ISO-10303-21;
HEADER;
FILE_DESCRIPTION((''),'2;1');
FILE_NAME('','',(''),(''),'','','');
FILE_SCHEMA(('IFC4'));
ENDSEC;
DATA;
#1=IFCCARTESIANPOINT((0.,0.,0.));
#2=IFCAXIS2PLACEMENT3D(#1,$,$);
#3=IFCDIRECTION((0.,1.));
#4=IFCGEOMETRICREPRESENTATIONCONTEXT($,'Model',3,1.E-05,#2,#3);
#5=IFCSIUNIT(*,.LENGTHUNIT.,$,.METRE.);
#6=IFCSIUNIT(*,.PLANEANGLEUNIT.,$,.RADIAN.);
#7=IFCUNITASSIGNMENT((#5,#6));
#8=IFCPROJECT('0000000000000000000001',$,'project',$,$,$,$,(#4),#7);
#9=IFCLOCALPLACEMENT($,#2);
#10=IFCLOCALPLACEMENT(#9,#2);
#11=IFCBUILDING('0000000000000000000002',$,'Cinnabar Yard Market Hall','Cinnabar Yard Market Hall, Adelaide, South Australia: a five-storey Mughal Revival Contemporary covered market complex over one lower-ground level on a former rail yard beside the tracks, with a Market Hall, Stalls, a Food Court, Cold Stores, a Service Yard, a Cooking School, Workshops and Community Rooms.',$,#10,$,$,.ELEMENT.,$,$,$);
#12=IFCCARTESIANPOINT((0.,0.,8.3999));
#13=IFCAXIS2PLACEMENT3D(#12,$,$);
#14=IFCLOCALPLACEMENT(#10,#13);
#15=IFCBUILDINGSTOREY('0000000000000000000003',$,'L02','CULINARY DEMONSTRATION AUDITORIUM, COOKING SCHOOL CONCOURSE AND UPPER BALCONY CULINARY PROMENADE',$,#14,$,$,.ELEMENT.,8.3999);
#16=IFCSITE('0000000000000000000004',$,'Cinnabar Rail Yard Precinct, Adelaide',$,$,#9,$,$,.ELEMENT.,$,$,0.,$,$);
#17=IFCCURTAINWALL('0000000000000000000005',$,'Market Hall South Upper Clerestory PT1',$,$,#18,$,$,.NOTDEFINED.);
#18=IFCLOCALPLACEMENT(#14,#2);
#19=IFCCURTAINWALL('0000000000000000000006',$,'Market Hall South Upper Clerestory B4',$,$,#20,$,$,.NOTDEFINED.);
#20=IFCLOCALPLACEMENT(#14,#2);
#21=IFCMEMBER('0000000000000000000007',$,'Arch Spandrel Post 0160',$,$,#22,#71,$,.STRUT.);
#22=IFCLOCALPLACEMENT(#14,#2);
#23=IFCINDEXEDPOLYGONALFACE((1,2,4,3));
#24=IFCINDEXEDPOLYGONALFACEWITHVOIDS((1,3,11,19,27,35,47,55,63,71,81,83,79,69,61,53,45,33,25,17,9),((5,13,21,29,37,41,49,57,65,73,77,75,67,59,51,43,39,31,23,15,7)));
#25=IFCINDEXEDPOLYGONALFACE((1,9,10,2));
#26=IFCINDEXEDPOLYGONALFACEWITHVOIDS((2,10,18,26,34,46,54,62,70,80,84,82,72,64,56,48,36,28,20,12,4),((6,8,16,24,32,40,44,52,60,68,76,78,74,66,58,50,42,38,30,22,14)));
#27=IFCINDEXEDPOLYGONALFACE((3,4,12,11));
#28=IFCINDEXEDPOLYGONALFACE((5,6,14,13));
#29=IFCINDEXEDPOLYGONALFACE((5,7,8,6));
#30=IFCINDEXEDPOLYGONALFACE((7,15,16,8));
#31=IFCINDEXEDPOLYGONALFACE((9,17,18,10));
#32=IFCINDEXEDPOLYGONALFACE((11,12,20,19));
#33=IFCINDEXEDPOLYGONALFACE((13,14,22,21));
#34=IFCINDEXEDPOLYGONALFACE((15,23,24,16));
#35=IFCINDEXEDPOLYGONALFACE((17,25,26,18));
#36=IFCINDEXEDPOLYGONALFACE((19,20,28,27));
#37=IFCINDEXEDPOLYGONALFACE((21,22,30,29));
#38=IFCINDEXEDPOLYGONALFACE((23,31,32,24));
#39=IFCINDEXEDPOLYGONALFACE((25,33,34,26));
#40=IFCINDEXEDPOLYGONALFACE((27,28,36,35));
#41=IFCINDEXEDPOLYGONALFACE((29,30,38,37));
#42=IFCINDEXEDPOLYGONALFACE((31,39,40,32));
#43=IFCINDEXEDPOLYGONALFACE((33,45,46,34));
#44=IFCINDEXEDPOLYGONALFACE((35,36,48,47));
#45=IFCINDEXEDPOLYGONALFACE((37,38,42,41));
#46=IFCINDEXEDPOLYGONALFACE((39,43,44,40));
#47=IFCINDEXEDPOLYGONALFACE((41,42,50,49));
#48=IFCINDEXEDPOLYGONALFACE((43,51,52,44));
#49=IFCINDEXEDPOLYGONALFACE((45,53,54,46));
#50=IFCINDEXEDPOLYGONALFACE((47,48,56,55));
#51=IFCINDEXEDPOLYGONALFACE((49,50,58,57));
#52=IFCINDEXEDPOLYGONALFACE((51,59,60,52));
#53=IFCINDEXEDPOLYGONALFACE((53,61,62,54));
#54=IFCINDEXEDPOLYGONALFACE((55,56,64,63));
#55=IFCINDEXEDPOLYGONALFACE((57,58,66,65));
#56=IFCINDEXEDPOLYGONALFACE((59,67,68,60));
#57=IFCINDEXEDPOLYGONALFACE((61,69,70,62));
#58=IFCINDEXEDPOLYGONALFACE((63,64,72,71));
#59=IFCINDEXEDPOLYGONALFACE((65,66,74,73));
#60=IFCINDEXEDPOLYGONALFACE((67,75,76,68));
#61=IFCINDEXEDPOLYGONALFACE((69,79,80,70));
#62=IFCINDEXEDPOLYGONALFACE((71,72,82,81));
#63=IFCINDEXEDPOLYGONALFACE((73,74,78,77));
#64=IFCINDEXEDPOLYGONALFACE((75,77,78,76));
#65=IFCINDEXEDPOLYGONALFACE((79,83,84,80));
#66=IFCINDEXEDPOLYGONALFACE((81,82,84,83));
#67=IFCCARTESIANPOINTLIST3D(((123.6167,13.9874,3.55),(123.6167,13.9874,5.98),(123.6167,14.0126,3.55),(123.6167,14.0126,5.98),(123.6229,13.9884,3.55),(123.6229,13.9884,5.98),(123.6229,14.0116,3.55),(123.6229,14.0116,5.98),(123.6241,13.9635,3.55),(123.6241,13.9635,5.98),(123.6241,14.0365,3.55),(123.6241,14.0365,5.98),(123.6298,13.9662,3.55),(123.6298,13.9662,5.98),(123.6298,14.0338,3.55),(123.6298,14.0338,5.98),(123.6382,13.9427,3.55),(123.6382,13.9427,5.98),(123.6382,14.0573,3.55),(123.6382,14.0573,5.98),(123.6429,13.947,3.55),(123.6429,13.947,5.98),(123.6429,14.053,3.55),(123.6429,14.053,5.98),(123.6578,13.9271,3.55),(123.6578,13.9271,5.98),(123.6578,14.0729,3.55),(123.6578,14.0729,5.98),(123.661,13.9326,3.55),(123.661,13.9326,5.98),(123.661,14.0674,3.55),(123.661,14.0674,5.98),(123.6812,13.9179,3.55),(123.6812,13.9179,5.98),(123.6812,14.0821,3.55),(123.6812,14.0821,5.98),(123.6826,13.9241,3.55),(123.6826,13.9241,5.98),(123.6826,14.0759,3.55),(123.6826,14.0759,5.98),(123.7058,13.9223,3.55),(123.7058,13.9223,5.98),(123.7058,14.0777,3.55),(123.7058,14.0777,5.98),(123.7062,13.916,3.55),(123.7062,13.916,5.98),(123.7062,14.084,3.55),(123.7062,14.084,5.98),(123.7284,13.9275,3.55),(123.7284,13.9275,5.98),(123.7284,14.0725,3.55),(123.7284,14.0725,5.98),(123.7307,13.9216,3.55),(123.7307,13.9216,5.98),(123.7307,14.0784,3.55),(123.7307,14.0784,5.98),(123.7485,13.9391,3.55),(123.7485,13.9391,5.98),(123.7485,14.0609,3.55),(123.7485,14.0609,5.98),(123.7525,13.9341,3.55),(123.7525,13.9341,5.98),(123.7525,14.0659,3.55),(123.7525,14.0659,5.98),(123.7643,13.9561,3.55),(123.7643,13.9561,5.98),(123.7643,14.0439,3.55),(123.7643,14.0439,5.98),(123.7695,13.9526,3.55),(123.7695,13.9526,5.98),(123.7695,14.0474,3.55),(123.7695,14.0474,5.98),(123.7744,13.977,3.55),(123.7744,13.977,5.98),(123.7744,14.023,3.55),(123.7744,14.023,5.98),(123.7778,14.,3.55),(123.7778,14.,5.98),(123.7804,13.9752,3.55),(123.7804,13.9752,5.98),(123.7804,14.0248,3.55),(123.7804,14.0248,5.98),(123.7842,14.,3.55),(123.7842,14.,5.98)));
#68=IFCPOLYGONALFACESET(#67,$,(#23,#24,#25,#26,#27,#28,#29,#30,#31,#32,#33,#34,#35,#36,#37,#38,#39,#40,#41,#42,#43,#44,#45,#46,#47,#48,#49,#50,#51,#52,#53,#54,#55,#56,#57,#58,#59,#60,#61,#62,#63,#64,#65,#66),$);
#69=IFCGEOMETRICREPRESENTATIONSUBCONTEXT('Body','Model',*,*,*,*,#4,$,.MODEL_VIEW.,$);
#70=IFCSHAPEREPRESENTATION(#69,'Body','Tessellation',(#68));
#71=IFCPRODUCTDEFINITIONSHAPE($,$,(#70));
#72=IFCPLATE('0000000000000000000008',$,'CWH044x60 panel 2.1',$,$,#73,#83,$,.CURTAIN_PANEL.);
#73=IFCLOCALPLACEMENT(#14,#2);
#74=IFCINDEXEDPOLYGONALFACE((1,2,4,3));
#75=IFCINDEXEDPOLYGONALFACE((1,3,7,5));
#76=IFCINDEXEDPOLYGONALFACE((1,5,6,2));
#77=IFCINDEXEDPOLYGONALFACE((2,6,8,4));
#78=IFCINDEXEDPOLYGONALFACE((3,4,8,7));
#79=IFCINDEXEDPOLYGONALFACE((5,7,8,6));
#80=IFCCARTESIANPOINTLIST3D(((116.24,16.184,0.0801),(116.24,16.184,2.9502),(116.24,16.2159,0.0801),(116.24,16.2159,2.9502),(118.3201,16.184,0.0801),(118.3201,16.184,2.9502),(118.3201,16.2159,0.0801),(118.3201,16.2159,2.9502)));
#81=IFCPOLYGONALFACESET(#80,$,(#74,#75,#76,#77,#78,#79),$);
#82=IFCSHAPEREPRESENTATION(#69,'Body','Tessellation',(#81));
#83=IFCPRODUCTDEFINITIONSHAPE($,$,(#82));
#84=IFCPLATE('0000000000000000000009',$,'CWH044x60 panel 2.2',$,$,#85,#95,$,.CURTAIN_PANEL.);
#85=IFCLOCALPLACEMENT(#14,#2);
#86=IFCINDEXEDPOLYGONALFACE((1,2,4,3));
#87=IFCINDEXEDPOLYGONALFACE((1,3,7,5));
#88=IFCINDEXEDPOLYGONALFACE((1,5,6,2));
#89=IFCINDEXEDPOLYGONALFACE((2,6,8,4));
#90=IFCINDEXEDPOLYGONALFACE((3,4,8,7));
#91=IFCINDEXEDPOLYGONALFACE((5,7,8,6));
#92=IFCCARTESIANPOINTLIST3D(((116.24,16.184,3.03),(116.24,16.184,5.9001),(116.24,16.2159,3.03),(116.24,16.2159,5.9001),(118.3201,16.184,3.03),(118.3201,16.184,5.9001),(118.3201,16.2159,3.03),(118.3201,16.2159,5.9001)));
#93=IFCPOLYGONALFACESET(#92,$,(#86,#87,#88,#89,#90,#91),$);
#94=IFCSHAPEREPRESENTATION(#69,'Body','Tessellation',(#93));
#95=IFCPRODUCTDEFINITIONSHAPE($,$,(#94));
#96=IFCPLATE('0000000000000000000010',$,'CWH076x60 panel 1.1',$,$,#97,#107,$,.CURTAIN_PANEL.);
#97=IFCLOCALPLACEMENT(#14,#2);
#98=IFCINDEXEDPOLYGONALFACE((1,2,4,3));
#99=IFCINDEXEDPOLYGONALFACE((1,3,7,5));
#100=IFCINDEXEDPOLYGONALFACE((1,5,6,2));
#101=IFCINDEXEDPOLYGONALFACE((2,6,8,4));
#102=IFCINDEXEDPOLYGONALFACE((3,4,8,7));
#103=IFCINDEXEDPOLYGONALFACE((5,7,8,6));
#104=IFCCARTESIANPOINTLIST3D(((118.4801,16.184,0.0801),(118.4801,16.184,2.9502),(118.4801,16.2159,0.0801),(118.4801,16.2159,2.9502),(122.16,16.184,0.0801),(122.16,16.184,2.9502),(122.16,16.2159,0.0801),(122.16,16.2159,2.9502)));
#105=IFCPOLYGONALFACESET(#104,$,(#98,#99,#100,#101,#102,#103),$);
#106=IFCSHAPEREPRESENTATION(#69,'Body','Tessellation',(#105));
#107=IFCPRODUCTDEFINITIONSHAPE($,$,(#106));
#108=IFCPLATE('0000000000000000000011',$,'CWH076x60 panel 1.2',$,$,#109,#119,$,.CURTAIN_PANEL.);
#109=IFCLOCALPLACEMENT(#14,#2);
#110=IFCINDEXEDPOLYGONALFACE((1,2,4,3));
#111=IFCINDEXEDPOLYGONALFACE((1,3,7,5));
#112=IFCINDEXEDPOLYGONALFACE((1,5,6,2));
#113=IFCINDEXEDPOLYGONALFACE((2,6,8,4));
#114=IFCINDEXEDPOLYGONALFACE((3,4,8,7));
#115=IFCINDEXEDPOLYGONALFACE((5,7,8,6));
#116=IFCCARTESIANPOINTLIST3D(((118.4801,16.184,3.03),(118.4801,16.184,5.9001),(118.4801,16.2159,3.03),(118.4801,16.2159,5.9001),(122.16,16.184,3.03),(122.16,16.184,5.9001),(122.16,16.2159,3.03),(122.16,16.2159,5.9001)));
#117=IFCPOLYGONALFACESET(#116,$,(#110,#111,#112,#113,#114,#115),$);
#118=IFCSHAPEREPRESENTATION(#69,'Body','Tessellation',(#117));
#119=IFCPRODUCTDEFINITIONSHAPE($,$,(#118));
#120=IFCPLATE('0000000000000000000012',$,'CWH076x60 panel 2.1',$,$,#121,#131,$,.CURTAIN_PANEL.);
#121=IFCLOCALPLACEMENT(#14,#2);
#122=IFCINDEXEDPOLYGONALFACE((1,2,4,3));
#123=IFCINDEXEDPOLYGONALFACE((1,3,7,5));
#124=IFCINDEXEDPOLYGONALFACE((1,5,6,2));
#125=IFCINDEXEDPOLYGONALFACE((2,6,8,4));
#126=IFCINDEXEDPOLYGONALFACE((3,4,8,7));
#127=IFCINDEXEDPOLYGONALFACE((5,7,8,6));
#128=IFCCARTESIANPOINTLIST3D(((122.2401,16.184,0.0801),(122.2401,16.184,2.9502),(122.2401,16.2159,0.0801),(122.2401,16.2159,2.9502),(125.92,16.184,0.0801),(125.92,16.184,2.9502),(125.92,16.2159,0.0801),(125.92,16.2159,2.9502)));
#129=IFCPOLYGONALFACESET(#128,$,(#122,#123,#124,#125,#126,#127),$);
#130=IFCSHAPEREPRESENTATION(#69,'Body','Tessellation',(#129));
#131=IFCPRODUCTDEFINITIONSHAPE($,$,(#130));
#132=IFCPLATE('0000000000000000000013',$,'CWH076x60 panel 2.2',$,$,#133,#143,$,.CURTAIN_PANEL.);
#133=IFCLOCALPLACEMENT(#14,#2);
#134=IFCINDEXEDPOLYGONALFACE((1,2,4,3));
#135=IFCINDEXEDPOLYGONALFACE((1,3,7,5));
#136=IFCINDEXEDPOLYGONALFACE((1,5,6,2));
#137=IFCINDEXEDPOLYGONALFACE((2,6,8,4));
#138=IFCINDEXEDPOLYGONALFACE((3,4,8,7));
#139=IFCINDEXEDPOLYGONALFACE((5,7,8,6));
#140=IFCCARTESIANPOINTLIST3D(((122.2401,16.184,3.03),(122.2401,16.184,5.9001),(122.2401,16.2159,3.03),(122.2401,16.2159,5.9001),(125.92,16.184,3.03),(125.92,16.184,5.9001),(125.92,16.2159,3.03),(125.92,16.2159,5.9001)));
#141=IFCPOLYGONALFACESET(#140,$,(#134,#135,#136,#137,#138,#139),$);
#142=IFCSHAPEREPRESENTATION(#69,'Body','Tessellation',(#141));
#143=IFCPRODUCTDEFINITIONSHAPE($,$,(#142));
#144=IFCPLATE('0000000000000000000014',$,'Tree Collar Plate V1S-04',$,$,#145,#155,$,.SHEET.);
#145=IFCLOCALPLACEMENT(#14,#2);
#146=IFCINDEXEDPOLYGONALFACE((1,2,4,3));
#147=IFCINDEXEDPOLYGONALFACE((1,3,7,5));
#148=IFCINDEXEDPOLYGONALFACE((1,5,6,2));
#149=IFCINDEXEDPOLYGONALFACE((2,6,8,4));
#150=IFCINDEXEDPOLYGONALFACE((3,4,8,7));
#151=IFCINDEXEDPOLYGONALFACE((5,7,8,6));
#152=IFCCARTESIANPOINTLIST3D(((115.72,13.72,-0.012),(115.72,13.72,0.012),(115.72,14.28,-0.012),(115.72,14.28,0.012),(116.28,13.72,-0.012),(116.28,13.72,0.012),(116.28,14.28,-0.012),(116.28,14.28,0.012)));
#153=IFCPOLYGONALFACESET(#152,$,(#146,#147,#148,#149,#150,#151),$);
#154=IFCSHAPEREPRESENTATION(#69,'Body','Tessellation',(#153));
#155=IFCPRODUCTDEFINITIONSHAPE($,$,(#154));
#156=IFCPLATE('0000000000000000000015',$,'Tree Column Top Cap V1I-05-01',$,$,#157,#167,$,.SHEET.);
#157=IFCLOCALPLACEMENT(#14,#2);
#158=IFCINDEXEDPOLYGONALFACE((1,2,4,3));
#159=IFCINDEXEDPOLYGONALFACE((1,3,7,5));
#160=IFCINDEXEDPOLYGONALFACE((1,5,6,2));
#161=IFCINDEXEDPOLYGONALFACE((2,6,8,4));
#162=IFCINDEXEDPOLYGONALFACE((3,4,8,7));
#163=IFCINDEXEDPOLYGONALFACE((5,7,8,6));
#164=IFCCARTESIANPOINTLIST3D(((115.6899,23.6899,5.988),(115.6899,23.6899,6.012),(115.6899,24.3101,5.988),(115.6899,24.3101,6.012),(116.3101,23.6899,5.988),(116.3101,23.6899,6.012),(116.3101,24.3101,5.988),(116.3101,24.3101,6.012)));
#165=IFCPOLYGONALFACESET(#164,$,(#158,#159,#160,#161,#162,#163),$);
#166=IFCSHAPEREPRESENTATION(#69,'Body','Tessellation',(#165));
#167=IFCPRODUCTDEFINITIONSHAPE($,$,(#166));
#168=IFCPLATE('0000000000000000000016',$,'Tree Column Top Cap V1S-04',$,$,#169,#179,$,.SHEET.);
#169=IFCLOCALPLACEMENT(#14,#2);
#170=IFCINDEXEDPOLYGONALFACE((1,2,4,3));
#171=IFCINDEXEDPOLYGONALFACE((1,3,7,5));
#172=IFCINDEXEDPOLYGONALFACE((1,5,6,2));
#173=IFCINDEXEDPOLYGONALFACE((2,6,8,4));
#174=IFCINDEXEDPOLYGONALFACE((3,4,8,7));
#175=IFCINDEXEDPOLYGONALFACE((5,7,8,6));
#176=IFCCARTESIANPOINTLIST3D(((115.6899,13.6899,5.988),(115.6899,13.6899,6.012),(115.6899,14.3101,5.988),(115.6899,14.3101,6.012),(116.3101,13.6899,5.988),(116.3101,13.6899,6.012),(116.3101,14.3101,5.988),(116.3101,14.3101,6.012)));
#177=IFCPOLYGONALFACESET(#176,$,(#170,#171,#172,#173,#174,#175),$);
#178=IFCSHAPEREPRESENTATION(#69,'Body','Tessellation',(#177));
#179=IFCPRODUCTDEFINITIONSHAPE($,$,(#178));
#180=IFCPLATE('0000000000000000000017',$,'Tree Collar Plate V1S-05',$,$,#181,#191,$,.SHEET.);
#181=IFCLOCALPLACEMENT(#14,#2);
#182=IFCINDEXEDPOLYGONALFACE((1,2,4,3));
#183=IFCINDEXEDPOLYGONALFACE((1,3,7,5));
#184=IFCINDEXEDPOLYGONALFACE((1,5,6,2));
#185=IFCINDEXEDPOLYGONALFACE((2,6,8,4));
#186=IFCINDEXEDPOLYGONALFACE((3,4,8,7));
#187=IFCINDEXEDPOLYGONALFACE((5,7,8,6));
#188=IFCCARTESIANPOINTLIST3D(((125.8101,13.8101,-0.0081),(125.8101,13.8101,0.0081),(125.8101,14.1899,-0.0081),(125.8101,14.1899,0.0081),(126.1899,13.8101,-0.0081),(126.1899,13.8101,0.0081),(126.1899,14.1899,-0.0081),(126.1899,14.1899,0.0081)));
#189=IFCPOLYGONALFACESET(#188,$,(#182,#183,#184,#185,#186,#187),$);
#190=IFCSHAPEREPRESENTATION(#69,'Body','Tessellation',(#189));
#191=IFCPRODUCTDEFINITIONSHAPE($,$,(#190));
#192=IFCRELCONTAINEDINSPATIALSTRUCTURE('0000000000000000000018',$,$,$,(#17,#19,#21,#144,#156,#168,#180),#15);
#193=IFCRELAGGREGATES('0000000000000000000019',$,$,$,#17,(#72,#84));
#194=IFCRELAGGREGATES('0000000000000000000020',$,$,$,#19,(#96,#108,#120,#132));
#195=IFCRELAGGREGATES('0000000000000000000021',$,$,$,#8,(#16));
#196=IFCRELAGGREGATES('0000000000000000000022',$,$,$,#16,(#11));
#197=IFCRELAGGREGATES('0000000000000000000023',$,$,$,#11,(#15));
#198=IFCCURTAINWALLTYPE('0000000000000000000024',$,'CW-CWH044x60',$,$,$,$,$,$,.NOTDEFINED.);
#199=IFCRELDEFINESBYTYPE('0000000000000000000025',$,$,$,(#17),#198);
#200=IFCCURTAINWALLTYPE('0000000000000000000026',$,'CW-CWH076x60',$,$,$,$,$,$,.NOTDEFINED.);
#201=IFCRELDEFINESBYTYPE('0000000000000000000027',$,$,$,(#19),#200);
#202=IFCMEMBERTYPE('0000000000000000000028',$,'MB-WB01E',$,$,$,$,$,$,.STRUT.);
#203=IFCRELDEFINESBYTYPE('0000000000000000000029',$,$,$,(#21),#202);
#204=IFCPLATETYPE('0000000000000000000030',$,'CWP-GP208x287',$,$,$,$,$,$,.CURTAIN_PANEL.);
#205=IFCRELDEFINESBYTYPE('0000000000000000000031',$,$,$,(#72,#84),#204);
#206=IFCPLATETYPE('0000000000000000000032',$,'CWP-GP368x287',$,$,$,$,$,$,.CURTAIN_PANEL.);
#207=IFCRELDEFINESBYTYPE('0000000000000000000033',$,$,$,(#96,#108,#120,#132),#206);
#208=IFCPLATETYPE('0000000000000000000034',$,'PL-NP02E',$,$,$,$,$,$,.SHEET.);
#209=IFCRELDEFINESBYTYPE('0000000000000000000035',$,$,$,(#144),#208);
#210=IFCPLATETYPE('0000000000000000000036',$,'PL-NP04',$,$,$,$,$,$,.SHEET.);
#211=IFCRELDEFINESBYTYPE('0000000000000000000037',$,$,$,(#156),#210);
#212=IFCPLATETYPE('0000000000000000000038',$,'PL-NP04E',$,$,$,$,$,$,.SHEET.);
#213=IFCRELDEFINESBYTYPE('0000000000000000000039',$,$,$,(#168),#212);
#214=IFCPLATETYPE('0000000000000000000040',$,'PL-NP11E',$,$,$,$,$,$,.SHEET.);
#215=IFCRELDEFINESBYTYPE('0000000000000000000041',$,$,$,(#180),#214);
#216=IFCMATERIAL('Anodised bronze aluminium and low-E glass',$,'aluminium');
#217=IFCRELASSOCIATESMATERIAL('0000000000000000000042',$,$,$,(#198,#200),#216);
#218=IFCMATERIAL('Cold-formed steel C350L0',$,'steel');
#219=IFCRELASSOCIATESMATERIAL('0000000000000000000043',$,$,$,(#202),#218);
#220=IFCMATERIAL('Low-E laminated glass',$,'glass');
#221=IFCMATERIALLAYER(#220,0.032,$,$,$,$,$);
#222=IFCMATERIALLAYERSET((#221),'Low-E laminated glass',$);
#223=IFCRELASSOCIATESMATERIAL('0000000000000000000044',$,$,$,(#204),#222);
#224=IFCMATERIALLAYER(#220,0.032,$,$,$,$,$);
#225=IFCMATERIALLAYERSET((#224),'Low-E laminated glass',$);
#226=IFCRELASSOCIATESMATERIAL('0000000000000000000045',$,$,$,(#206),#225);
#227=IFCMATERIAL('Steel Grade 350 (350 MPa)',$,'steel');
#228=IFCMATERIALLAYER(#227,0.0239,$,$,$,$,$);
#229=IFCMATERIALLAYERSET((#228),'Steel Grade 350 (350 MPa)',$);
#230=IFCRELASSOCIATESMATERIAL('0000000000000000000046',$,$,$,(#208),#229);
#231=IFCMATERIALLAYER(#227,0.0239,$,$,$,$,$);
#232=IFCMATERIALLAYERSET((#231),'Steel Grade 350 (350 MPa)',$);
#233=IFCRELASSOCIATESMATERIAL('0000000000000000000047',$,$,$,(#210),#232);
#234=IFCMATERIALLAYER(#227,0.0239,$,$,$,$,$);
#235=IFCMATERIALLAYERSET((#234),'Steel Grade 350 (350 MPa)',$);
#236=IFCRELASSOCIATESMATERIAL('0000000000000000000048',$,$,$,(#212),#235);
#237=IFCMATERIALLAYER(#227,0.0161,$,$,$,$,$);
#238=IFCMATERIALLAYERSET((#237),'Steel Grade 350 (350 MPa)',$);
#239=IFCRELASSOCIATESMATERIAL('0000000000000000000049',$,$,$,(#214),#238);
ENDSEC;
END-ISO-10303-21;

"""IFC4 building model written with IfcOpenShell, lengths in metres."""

from ifc_helpers import new_model, si_unit, direction, frame, origin, origin_2d_with_axis, place, context, subcontext, project, spatial, rectangle, hollow_circle, extrude, material, layer, layer_set, material_profile, profile_set, type_object, element, aggregate, save


model = new_model("IFC4")

# Units and contexts
model_context = context("Model", 3, precision=1e-05, world=origin(), true_north=direction((0.0, 1.0)))
body_context = subcontext(model_context, "Body", "Model", "MODEL_VIEW")
ifc_project = project(units=[si_unit("LENGTHUNIT", "METRE"), si_unit("PLANEANGLEUNIT", "RADIAN")], contexts=[model_context])

# Site, building, storey
site_placement = place(None, origin())
site = spatial("IfcSite", under=ifc_project, at=site_placement, Name="Cinnabar Rail Yard Precinct, Adelaide", CompositionType="ELEMENT", RefElevation=0.0)
building_placement = place(site_placement, origin())
building = spatial("IfcBuilding", under=site, at=building_placement, Name="Cinnabar Yard Market Hall", Description="Cinnabar Yard Market Hall, Adelaide, South Australia: a five-storey Mughal Revival Contemporary covered market complex over one lower-ground level on a former rail yard beside the tracks, with a Market Hall, Stalls, a Food Court, Cold Stores, a Service Yard, a Cooking School, Workshops and Community Rooms.", CompositionType="ELEMENT")
storey_placement = place(building_placement, frame((0.0, 0.0, 8.3999)))
storey = spatial("IfcBuildingStorey", under=building, at=storey_placement, Name="L02", Description="CULINARY DEMONSTRATION AUDITORIUM, COOKING SCHOOL CONCOURSE AND UPPER BALCONY CULINARY PROMENADE", CompositionType="ELEMENT", Elevation=8.3999)

# Curtain walls
ifc_material_1 = material(Name="Anodised bronze aluminium and low-E glass", Category="aluminium")
curtain_wall_type_1 = type_object("IfcCurtainWallType", Name="CW-CWH044x60", PredefinedType="NOTDEFINED", material=ifc_material_1)
curtain_wall_1_placement = place(storey_placement, origin())
curtain_wall_1 = element("IfcCurtainWall", 1, at=curtain_wall_1_placement, inside=storey, type_object=curtain_wall_type_1, Name="Market Hall South Upper Clerestory PT1", PredefinedType="NOTDEFINED")
curtain_wall_type_2 = type_object("IfcCurtainWallType", Name="CW-CWH076x60", PredefinedType="NOTDEFINED", material=ifc_material_1)
curtain_wall_2_placement = place(storey_placement, origin())
curtain_wall_2 = element("IfcCurtainWall", 2, at=curtain_wall_2_placement, inside=storey, type_object=curtain_wall_type_2, Name="Market Hall South Upper Clerestory B4", PredefinedType="NOTDEFINED")

# Member
ifc_material_2 = material(Name="Cold-formed steel C350L0", Category="steel")
ifc_material_profile_1 = material_profile(ifc_material_2, hollow_circle(Radius=0.0842, WallThickness=0.0063, at=origin_2d_with_axis()), Name="168.3x6.4CHS")
ifc_profile_set_1 = profile_set([ifc_material_profile_1], Name="Cold-formed steel C350L0")
member_type_1 = type_object("IfcMemberType", Name="MB-WB01E", PredefinedType="STRUT", material=ifc_profile_set_1)
for number, where, z_axis, x_axis, name in (
    (3, (123.7, 14.0, 3.55), (0.0, 0.0, 1.0), (1.0, 0.0, 0.0), "Arch Spandrel Post 0160"),
):
    element("IfcMember", number, at=place(storey_placement, frame(where, z_axis=z_axis, x_axis=x_axis)), inside=storey, type_object=member_type_1, Name=name, PredefinedType="STRUT", context=body_context, shape_type="SweptSolid", body=[
        extrude(hollow_circle(Radius=0.0842, WallThickness=0.0063, at=origin_2d_with_axis()), origin(), (0.0, 0.0, 1.0), 2.4299),
    ])

# Plates
ifc_material_3 = material(Name="Low-E laminated glass", Category="glass")
ifc_layer_1 = layer(ifc_material_3, 0.032)
ifc_layer_set_1 = layer_set([ifc_layer_1], Name="Low-E laminated glass")
plate_type_1 = type_object("IfcPlateType", Name="CWP-GP208x287", PredefinedType="CURTAIN_PANEL", material=ifc_layer_set_1)
plate_1_placement = place(storey_placement, frame((117.28, 16.2, 0.0801), z_axis=(0.0, 0.0, 1.0), x_axis=(1.0, 0.0, 0.0)))
plate_1 = element("IfcPlate", 4, at=plate_1_placement, type_object=plate_type_1, Name="CWH044x60 panel 2.1", PredefinedType="CURTAIN_PANEL", context=body_context, shape_type="SweptSolid", body=[
    extrude(rectangle(XDim=2.0801, YDim=0.032, at=origin_2d_with_axis()), origin(), (0.0, 0.0, 1.0), 2.8701),
])
plate_2_placement = place(storey_placement, frame((117.28, 16.2, 3.03), z_axis=(0.0, 0.0, 1.0), x_axis=(1.0, 0.0, 0.0)))
plate_2 = element("IfcPlate", 5, at=plate_2_placement, type_object=plate_type_1, Name="CWH044x60 panel 2.2", PredefinedType="CURTAIN_PANEL", context=body_context, shape_type="SweptSolid", body=[
    extrude(rectangle(XDim=2.0801, YDim=0.032, at=origin_2d_with_axis()), origin(), (0.0, 0.0, 1.0), 2.8701),
])
aggregate(curtain_wall_1, [plate_1, plate_2])
ifc_layer_2 = layer(ifc_material_3, 0.032)
ifc_layer_set_2 = layer_set([ifc_layer_2], Name="Low-E laminated glass")
plate_type_2 = type_object("IfcPlateType", Name="CWP-GP368x287", PredefinedType="CURTAIN_PANEL", material=ifc_layer_set_2)
plate_3_placement = place(storey_placement, frame((120.3201, 16.2, 0.0801), z_axis=(0.0, 0.0, 1.0), x_axis=(1.0, 0.0, 0.0)))
plate_3 = element("IfcPlate", 6, at=plate_3_placement, type_object=plate_type_2, Name="CWH076x60 panel 1.1", PredefinedType="CURTAIN_PANEL", context=body_context, shape_type="SweptSolid", body=[
    extrude(rectangle(XDim=3.6799, YDim=0.032, at=origin_2d_with_axis()), origin(), (0.0, 0.0, 1.0), 2.8701),
])
plate_4_placement = place(storey_placement, frame((120.3201, 16.2, 3.03), z_axis=(0.0, 0.0, 1.0), x_axis=(1.0, 0.0, 0.0)))
plate_4 = element("IfcPlate", 7, at=plate_4_placement, type_object=plate_type_2, Name="CWH076x60 panel 1.2", PredefinedType="CURTAIN_PANEL", context=body_context, shape_type="SweptSolid", body=[
    extrude(rectangle(XDim=3.6799, YDim=0.032, at=origin_2d_with_axis()), origin(), (0.0, 0.0, 1.0), 2.8701),
])
plate_5_placement = place(storey_placement, frame((124.0801, 16.2, 0.0801), z_axis=(0.0, 0.0, 1.0), x_axis=(1.0, 0.0, 0.0)))
plate_5 = element("IfcPlate", 8, at=plate_5_placement, type_object=plate_type_2, Name="CWH076x60 panel 2.1", PredefinedType="CURTAIN_PANEL", context=body_context, shape_type="SweptSolid", body=[
    extrude(rectangle(XDim=3.6799, YDim=0.032, at=origin_2d_with_axis()), origin(), (0.0, 0.0, 1.0), 2.8701),
])
plate_6_placement = place(storey_placement, frame((124.0801, 16.2, 3.03), z_axis=(0.0, 0.0, 1.0), x_axis=(1.0, 0.0, 0.0)))
plate_6 = element("IfcPlate", 9, at=plate_6_placement, type_object=plate_type_2, Name="CWH076x60 panel 2.2", PredefinedType="CURTAIN_PANEL", context=body_context, shape_type="SweptSolid", body=[
    extrude(rectangle(XDim=3.6799, YDim=0.032, at=origin_2d_with_axis()), origin(), (0.0, 0.0, 1.0), 2.8701),
])
aggregate(curtain_wall_2, [plate_3, plate_4, plate_5, plate_6])

# Plates
ifc_material_4 = material(Name="Steel Grade 350 (350 MPa)", Category="steel")
ifc_layer_3 = layer(ifc_material_4, 0.0239)
ifc_layer_set_3 = layer_set([ifc_layer_3], Name="Steel Grade 350 (350 MPa)")
plate_type_3 = type_object("IfcPlateType", Name="PL-NP02E", PredefinedType="SHEET", material=ifc_layer_set_3)
plate_7_placement = place(storey_placement, frame((116.0, 14.0, -0.012), z_axis=(0.0, 0.0, 1.0), x_axis=(1.0, 0.0, 0.0)))
element("IfcPlate", 10, at=plate_7_placement, inside=storey, type_object=plate_type_3, Name="Tree Collar Plate V1S-04", PredefinedType="SHEET", context=body_context, shape_type="SweptSolid", body=[
    extrude(rectangle(XDim=0.5601, YDim=0.5601, at=origin_2d_with_axis()), origin(), (0.0, 0.0, 1.0), 0.0239),
])
ifc_layer_4 = layer(ifc_material_4, 0.0239)
ifc_layer_set_4 = layer_set([ifc_layer_4], Name="Steel Grade 350 (350 MPa)")
plate_type_4 = type_object("IfcPlateType", Name="PL-NP04", PredefinedType="SHEET", material=ifc_layer_set_4)
plate_8_placement = place(storey_placement, frame((116.0, 24.0, 5.988), z_axis=(0.0, 0.0, 1.0), x_axis=(1.0, 0.0, 0.0)))
element("IfcPlate", 11, at=plate_8_placement, inside=storey, type_object=plate_type_4, Name="Tree Column Top Cap V1I-05-01", PredefinedType="SHEET", context=body_context, shape_type="SweptSolid", body=[
    extrude(rectangle(XDim=0.6201, YDim=0.6201, at=origin_2d_with_axis()), origin(), (0.0, 0.0, 1.0), 0.0239),
])
ifc_layer_5 = layer(ifc_material_4, 0.0239)
ifc_layer_set_5 = layer_set([ifc_layer_5], Name="Steel Grade 350 (350 MPa)")
plate_type_5 = type_object("IfcPlateType", Name="PL-NP04E", PredefinedType="SHEET", material=ifc_layer_set_5)
plate_9_placement = place(storey_placement, frame((116.0, 14.0, 5.988), z_axis=(0.0, 0.0, 1.0), x_axis=(1.0, 0.0, 0.0)))
element("IfcPlate", 12, at=plate_9_placement, inside=storey, type_object=plate_type_5, Name="Tree Column Top Cap V1S-04", PredefinedType="SHEET", context=body_context, shape_type="SweptSolid", body=[
    extrude(rectangle(XDim=0.6201, YDim=0.6201, at=origin_2d_with_axis()), origin(), (0.0, 0.0, 1.0), 0.0239),
])
ifc_layer_6 = layer(ifc_material_4, 0.0161)
ifc_layer_set_6 = layer_set([ifc_layer_6], Name="Steel Grade 350 (350 MPa)")
plate_type_6 = type_object("IfcPlateType", Name="PL-NP11E", PredefinedType="SHEET", material=ifc_layer_set_6)
plate_10_placement = place(storey_placement, frame((126.0, 14.0, -0.0081), z_axis=(0.0, 0.0, 1.0), x_axis=(1.0, 0.0, 0.0)))
element("IfcPlate", 13, at=plate_10_placement, inside=storey, type_object=plate_type_6, Name="Tree Collar Plate V1S-05", PredefinedType="SHEET", context=body_context, shape_type="SweptSolid", body=[
    extrude(rectangle(XDim=0.3799, YDim=0.3799, at=origin_2d_with_axis()), origin(), (0.0, 0.0, 1.0), 0.0161),
])

save(model, "model.ifc")
